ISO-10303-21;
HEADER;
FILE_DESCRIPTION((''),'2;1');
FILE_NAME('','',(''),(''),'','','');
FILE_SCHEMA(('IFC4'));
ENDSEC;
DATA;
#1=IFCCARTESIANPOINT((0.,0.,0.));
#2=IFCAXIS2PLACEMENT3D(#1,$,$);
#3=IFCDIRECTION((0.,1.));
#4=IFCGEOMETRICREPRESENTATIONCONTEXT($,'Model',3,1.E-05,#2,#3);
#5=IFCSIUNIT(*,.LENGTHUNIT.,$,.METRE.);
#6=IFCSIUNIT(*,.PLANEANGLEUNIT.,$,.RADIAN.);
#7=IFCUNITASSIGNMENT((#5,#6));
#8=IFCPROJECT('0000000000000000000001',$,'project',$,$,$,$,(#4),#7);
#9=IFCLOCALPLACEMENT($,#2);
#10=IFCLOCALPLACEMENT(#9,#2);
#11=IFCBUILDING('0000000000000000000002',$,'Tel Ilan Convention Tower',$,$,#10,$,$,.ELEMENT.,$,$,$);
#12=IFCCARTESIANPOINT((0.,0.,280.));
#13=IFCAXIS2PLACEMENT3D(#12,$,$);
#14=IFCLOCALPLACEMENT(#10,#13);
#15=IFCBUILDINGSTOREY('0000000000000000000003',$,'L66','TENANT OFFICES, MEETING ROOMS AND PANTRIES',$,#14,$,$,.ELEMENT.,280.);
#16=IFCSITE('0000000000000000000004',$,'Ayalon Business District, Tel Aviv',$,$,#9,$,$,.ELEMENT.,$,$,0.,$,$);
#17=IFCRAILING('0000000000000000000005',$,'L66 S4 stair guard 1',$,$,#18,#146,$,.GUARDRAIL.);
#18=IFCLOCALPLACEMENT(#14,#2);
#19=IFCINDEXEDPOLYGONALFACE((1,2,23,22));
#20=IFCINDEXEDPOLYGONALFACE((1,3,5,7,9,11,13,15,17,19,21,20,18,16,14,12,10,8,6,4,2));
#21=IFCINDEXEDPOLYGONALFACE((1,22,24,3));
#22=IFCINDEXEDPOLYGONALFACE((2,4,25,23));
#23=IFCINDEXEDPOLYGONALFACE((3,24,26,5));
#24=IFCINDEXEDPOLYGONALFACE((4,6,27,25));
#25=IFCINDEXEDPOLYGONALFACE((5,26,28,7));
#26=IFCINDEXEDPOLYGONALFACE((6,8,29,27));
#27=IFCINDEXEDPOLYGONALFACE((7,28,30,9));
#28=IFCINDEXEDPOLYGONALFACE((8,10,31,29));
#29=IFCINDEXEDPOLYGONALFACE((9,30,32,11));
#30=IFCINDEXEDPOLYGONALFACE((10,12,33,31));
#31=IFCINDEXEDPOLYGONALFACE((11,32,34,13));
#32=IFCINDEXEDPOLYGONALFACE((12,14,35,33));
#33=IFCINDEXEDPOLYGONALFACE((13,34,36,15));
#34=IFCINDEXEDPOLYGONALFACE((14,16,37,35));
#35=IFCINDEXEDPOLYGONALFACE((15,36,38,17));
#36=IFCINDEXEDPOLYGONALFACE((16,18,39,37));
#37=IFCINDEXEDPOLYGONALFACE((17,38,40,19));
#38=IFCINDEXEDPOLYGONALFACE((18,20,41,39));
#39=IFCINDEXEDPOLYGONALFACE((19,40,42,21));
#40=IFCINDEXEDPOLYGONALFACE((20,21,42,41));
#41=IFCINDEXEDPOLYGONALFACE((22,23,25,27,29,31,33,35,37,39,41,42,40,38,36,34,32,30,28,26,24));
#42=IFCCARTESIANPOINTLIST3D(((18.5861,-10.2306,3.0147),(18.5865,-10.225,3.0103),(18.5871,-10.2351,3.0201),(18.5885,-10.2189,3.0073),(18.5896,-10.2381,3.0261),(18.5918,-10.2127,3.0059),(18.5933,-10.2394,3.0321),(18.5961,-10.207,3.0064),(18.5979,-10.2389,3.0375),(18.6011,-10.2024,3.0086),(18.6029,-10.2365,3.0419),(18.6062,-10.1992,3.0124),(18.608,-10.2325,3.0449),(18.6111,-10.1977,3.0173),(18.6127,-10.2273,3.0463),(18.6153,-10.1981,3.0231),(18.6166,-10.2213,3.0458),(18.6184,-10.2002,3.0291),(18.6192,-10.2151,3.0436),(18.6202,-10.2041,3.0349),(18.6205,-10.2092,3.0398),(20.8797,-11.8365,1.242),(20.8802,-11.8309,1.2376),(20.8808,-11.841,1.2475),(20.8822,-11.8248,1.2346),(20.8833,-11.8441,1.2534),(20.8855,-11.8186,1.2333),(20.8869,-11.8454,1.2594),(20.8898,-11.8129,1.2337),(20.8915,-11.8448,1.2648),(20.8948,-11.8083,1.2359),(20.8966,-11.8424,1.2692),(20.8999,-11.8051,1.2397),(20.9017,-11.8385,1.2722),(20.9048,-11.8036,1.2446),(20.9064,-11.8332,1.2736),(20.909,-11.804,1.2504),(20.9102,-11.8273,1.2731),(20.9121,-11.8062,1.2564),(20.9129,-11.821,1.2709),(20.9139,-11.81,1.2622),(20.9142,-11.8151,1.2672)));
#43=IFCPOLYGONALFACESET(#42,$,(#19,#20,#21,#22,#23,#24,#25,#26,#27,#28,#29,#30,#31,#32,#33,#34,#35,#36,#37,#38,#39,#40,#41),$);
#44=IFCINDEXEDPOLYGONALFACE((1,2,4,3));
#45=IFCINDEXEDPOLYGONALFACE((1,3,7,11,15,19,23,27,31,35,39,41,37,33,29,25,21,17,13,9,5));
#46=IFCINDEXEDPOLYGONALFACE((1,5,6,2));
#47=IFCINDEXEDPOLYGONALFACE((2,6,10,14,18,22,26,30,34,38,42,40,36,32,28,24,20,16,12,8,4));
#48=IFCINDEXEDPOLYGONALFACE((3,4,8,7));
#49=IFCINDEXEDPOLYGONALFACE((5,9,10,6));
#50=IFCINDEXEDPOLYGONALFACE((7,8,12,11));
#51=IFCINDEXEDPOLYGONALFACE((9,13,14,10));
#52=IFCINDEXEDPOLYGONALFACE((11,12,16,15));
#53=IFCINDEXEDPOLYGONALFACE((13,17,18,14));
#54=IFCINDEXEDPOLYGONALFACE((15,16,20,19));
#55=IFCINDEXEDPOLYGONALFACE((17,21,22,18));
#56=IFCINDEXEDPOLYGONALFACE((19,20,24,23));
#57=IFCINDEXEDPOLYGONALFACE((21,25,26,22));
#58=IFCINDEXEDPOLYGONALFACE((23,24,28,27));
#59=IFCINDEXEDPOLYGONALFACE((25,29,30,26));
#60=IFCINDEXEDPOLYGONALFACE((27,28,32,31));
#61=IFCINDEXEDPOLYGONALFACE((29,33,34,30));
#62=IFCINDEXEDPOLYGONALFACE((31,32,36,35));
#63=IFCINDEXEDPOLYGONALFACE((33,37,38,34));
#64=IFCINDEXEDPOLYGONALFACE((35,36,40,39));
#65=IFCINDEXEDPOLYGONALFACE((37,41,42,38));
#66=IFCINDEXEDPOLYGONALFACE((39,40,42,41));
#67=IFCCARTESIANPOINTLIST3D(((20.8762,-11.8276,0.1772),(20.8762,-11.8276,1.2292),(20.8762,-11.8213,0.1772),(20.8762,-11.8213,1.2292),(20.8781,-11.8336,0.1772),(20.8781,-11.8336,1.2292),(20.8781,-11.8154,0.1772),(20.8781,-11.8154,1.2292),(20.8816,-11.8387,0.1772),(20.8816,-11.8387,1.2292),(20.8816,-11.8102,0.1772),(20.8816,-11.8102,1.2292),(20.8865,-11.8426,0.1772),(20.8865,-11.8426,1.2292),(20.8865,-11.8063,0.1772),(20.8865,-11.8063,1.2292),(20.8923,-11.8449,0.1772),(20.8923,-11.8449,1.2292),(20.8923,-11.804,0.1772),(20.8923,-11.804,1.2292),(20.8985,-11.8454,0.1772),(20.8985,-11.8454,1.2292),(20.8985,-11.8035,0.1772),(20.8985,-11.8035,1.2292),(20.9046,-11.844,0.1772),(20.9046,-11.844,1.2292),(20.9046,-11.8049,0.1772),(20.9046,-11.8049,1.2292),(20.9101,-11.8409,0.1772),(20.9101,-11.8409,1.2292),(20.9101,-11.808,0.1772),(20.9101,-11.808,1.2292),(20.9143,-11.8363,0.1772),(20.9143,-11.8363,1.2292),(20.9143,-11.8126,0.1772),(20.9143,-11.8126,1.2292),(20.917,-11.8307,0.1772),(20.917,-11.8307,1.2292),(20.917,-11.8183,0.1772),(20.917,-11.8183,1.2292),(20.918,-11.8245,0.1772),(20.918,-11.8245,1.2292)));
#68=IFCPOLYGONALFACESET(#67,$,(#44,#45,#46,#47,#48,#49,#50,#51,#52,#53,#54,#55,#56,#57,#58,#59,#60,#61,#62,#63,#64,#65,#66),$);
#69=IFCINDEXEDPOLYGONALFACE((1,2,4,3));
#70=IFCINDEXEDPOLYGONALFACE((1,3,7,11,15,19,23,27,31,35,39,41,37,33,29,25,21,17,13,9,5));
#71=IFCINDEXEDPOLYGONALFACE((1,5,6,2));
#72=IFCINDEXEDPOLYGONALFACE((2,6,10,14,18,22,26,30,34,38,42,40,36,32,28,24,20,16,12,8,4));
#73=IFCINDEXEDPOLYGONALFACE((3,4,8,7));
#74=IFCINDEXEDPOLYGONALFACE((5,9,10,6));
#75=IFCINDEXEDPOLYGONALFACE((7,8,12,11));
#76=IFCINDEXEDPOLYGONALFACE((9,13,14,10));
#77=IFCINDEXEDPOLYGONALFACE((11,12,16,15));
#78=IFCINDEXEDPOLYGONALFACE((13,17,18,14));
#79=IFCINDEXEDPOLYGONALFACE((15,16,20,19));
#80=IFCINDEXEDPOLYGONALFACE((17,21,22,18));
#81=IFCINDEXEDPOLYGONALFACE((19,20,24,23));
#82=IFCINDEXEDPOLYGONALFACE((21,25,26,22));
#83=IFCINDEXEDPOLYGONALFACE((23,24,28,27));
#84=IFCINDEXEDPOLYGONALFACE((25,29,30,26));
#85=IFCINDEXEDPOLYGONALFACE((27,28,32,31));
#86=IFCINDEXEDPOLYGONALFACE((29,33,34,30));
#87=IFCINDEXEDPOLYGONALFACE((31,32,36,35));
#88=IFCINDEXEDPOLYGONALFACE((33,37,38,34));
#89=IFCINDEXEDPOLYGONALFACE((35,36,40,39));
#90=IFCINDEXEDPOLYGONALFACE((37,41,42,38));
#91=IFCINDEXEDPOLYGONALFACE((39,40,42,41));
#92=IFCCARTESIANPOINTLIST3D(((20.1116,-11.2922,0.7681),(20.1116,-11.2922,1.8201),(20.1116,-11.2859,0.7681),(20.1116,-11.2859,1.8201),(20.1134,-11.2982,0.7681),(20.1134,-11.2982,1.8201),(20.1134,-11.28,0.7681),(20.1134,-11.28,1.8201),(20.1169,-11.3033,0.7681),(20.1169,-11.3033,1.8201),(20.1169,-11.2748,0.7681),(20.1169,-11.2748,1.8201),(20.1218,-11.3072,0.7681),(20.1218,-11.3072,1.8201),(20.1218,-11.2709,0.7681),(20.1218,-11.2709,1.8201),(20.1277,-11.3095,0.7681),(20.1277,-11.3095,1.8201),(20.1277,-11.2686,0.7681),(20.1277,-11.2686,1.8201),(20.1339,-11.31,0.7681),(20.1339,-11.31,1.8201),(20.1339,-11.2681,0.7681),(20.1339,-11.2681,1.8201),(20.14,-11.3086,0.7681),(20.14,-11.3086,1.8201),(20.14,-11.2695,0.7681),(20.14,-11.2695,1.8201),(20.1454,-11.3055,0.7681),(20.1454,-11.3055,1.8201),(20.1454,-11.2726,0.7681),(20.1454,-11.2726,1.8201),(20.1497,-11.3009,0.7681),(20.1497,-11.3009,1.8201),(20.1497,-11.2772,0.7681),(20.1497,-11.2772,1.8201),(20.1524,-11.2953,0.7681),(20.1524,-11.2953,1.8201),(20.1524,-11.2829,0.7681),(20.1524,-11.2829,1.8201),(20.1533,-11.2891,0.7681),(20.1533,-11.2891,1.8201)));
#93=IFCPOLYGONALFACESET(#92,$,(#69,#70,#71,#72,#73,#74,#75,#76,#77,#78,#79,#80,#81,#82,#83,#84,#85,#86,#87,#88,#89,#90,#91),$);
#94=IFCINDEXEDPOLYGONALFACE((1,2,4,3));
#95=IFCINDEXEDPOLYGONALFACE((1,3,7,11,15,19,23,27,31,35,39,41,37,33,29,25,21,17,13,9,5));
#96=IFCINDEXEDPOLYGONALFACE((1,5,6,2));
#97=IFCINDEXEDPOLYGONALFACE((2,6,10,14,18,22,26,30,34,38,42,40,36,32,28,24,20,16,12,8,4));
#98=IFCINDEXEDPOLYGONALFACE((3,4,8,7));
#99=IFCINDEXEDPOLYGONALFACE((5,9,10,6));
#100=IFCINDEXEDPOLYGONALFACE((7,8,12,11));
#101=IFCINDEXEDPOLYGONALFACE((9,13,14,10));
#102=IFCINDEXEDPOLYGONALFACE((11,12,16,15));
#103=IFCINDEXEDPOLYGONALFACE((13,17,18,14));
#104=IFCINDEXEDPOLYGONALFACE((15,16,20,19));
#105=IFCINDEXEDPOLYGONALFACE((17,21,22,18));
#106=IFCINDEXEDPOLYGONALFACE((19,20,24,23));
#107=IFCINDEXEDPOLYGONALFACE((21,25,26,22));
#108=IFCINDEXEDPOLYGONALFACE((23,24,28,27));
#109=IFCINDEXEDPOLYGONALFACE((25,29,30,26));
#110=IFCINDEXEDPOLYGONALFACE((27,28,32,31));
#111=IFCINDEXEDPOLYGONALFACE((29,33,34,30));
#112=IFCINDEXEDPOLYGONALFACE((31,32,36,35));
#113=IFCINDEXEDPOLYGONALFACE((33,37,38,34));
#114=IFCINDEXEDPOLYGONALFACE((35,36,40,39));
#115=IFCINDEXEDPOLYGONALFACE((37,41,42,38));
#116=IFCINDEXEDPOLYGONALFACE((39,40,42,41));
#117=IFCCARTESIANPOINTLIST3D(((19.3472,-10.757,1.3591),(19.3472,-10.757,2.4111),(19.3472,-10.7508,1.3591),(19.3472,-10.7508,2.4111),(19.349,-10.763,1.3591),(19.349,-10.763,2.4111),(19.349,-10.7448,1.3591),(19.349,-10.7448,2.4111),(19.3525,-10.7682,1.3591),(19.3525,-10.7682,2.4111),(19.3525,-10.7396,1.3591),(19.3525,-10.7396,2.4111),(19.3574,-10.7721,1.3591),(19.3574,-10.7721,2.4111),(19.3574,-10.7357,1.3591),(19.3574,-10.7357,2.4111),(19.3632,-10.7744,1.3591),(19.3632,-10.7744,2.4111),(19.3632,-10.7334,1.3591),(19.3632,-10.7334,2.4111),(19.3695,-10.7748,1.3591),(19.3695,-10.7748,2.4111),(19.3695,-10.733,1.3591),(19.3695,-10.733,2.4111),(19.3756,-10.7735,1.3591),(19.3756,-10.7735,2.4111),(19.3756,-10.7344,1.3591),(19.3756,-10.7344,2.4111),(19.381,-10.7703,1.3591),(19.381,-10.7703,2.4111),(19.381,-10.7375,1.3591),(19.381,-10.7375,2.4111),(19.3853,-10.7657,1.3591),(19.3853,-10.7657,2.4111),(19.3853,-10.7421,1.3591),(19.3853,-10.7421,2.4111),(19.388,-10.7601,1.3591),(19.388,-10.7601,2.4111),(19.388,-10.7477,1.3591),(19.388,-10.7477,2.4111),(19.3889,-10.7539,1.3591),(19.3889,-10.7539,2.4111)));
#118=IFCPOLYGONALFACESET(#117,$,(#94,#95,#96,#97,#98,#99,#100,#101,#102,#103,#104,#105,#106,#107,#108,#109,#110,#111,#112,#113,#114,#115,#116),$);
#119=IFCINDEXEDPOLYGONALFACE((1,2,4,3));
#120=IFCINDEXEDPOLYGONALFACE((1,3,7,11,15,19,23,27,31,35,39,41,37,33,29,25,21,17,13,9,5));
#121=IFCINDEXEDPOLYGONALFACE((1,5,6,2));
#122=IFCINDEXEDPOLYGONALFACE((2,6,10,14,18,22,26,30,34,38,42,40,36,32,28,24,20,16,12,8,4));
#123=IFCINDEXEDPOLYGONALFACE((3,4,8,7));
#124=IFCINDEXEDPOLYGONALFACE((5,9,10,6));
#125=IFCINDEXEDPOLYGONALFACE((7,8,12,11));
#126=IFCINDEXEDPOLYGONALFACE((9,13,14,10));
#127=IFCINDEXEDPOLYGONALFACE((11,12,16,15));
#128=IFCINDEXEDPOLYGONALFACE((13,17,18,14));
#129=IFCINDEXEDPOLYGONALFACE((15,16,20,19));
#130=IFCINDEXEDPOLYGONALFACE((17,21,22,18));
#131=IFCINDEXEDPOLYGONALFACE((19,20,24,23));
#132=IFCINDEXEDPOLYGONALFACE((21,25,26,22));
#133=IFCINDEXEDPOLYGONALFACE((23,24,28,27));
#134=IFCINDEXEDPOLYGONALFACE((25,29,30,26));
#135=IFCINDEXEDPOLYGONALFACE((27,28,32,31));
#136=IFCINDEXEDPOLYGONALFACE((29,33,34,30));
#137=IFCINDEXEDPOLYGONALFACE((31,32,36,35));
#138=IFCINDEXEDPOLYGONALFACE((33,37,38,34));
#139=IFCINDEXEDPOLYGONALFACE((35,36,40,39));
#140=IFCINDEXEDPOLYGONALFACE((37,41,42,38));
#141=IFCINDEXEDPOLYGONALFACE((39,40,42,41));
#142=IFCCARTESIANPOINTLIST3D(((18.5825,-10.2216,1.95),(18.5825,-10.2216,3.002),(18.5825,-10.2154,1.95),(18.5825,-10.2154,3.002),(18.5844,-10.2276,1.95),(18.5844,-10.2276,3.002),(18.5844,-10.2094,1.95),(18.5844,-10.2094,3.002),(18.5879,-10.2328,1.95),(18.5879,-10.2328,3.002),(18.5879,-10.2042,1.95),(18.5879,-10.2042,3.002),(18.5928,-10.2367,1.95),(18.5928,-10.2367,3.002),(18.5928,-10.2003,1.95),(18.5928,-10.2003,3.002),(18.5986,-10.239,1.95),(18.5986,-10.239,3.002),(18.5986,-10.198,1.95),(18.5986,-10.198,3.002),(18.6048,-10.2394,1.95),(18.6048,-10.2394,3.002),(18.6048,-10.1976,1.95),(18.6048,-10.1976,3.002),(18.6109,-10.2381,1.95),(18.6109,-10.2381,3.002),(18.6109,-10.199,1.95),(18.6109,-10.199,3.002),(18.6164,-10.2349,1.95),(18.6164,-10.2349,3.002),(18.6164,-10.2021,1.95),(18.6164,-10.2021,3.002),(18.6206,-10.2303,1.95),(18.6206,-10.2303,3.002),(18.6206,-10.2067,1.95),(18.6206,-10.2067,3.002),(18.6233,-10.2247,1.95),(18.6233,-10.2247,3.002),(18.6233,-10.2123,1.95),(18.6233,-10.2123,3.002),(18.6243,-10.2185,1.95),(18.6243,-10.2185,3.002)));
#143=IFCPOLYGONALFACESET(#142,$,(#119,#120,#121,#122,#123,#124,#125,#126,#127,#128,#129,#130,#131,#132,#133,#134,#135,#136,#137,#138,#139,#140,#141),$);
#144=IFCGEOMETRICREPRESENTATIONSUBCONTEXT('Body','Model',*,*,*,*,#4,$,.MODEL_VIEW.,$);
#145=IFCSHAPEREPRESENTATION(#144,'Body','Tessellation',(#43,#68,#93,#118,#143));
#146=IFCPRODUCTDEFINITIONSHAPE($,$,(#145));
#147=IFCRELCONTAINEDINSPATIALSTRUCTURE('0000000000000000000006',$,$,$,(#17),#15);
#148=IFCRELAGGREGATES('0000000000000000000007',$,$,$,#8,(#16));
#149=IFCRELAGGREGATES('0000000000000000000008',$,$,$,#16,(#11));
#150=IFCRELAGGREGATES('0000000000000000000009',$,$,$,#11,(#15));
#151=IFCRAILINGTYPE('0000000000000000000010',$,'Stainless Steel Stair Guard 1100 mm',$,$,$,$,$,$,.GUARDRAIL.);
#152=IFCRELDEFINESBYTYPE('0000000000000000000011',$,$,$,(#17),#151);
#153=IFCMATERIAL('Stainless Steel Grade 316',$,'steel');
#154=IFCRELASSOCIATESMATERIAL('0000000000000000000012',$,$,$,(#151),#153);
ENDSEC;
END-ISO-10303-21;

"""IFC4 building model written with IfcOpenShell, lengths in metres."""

from ifc_helpers import new_model, si_unit, direction, frame, origin, origin_2d, place, context, subcontext, project, spatial, circle, extrude, material, type_object, element, save


model = new_model("IFC4")

# Units and contexts
model_context = context("Model", 3, precision=1e-05, world=origin(), true_north=direction((0.0, 1.0)))
body_context = subcontext(model_context, "Body", "Model", "MODEL_VIEW")
ifc_project = project(units=[si_unit("LENGTHUNIT", "METRE"), si_unit("PLANEANGLEUNIT", "RADIAN")], contexts=[model_context])

# Site, building, storey
site_placement = place(None, origin())
site = spatial("IfcSite", under=ifc_project, at=site_placement, Name="Ayalon Business District, Tel Aviv", CompositionType="ELEMENT", RefElevation=0.0)
building_placement = place(site_placement, origin())
building = spatial("IfcBuilding", under=site, at=building_placement, Name="Tel Ilan Convention Tower", CompositionType="ELEMENT")
storey_placement = place(building_placement, frame((0.0, 0.0, 280.0)))
storey = spatial("IfcBuildingStorey", under=building, at=storey_placement, Name="L66", Description="TENANT OFFICES, MEETING ROOMS AND PANTRIES", CompositionType="ELEMENT", Elevation=280.0)

# Railing
ifc_material_1 = material(Name="Stainless Steel Grade 316", Category="steel")
railing_type = type_object("IfcRailingType", Name="Stainless Steel Stair Guard 1100 mm", PredefinedType="GUARDRAIL", material=ifc_material_1)
railing_1_placement = place(storey_placement, frame((20.897, -11.8245, 0.1772)))
element("IfcRailing", 1, at=railing_1_placement, inside=storey, type_object=railing_type, Name="L66 S4 stair guard 1", PredefinedType="GUARDRAIL", context=body_context, shape_type="SweptSolid", body=[
    extrude(circle(Radius=0.0239, at=origin_2d()), frame((0.0, 0.0, 1.0762), z_axis=(-0.692123, 0.484597, 0.534913), x_axis=(-0.57355, -0.81917, 0.0)), (0.0, 0.0, 1.0), 3.314),
    extrude(circle(Radius=0.021, at=origin_2d()), origin(), (0.0, 0.0, 1.0), 1.052),
    extrude(circle(Radius=0.021, at=origin_2d()), frame((-0.7646, 0.5354, 0.5908)), (0.0, 0.0, 1.0), 1.052),
    extrude(circle(Radius=0.021, at=origin_2d()), frame((-1.5291, 1.0706, 1.1819)), (0.0, 0.0, 1.0), 1.052),
    extrude(circle(Radius=0.021, at=origin_2d()), frame((-2.2937, 1.606, 1.7727)), (0.0, 0.0, 1.0), 1.052),
])

save(model, "model.ifc")
